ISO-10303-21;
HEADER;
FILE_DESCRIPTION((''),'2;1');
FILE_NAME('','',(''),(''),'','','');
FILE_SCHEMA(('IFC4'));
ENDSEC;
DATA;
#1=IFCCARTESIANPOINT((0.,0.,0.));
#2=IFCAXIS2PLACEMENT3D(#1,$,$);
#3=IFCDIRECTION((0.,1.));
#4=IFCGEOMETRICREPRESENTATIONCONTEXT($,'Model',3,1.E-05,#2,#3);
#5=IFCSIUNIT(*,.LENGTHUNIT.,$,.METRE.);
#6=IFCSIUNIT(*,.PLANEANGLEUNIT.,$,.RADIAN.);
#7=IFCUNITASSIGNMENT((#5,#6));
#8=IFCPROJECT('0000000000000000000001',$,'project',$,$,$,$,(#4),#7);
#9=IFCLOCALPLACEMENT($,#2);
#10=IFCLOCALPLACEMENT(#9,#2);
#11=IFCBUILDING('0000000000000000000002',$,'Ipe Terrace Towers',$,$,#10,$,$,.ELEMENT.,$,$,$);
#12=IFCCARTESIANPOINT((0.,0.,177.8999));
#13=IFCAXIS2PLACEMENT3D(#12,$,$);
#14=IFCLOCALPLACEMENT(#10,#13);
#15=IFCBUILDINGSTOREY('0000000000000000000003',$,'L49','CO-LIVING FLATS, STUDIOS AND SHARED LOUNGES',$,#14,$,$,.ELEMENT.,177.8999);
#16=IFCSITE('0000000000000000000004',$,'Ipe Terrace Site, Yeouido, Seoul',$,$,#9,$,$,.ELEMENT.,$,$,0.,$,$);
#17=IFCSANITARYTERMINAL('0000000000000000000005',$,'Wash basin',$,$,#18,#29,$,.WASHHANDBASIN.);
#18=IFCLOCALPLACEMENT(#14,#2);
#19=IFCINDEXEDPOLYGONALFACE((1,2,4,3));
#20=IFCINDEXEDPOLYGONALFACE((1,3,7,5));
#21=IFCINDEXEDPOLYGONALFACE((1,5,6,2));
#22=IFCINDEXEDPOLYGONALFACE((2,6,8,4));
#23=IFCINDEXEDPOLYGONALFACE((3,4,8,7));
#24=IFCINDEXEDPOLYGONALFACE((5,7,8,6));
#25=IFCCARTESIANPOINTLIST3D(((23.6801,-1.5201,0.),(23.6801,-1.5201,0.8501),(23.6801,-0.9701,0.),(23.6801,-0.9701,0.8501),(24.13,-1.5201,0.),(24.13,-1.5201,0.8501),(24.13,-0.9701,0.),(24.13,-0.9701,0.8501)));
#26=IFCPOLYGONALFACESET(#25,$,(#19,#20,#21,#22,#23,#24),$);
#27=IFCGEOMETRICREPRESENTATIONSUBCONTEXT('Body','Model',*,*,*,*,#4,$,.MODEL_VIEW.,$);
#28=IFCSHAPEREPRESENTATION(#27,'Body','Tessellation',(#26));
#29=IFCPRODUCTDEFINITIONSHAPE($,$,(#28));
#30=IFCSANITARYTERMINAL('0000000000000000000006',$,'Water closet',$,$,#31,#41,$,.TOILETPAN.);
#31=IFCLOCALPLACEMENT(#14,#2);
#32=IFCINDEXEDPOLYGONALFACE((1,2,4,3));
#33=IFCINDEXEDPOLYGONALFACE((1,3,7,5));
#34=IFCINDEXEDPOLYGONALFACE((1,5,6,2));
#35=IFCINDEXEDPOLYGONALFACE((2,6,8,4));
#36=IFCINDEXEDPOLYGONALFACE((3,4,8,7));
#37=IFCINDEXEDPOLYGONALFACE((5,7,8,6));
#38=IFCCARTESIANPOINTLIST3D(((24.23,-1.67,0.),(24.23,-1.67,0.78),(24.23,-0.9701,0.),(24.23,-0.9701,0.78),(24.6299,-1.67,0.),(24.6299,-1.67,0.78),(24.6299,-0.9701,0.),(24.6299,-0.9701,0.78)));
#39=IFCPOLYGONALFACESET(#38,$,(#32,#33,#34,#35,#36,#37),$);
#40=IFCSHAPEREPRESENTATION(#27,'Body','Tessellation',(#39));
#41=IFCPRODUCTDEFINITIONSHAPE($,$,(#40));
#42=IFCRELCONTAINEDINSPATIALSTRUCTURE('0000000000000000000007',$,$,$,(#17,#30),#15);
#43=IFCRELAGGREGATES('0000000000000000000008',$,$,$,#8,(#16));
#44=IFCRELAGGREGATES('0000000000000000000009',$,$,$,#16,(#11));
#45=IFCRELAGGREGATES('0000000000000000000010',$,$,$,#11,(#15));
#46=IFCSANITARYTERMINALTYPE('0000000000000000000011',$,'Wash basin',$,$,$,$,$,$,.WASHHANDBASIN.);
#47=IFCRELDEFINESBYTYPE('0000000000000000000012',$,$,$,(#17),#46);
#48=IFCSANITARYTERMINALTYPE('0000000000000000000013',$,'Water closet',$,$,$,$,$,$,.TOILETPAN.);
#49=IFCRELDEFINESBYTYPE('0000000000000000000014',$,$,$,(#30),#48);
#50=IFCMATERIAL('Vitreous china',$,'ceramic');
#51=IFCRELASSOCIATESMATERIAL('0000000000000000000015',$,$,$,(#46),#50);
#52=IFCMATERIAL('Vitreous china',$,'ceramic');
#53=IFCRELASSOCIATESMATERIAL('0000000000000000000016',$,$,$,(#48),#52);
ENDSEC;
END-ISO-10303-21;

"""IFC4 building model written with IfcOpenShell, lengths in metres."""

from ifc_helpers import new_model, si_unit, direction, frame, origin, origin_2d, place, context, subcontext, project, spatial, rectangle, extrude, material, type_object, element, save


model = new_model("IFC4")

# Units and contexts
model_context = context("Model", 3, precision=1e-05, world=origin(), true_north=direction((0.0, 1.0)))
body_context = subcontext(model_context, "Body", "Model", "MODEL_VIEW")
ifc_project = project(units=[si_unit("LENGTHUNIT", "METRE"), si_unit("PLANEANGLEUNIT", "RADIAN")], contexts=[model_context])

# Site, building, storey
site_placement = place(None, origin())
site = spatial("IfcSite", under=ifc_project, at=site_placement, Name="Ipe Terrace Site, Yeouido, Seoul", CompositionType="ELEMENT", RefElevation=0.0)
building_placement = place(site_placement, origin())
building = spatial("IfcBuilding", under=site, at=building_placement, Name="Ipe Terrace Towers", CompositionType="ELEMENT")
storey_placement = place(building_placement, frame((0.0, 0.0, 177.8999)))
storey = spatial("IfcBuildingStorey", under=building, at=storey_placement, Name="L49", Description="CO-LIVING FLATS, STUDIOS AND SHARED LOUNGES", CompositionType="ELEMENT", Elevation=177.8999)

# Sanitary terminals
ifc_material_1 = material(Name="Vitreous china", Category="ceramic")
sanitary_terminal_type_1 = type_object("IfcSanitaryTerminalType", Name="Wash basin", PredefinedType="WASHHANDBASIN", material=ifc_material_1)
sanitary_terminal_1_placement = place(storey_placement, frame((23.905, -1.2451, 0.0), z_axis=(0.0, 0.0, 1.0), x_axis=(0.0, -1.0, 0.0)))
element("IfcSanitaryTerminal", 1, at=sanitary_terminal_1_placement, inside=storey, type_object=sanitary_terminal_type_1, Name="Wash basin", PredefinedType="WASHHANDBASIN", context=body_context, shape_type="SweptSolid", body=[
    extrude(rectangle(XDim=0.55, YDim=0.45, at=origin_2d()), origin(), (0.0, 0.0, 1.0), 0.8501),
])
ifc_material_2 = material(Name="Vitreous china", Category="ceramic")
sanitary_terminal_type_2 = type_object("IfcSanitaryTerminalType", Name="Water closet", PredefinedType="TOILETPAN", material=ifc_material_2)
sanitary_terminal_2_placement = place(storey_placement, frame((24.4299, -1.3201, 0.0), z_axis=(0.0, 0.0, 1.0), x_axis=(0.0, -1.0, 0.0)))
element("IfcSanitaryTerminal", 2, at=sanitary_terminal_2_placement, inside=storey, type_object=sanitary_terminal_type_2, Name="Water closet", PredefinedType="TOILETPAN", context=body_context, shape_type="SweptSolid", body=[
    extrude(rectangle(XDim=0.7, YDim=0.3999, at=origin_2d()), origin(), (0.0, 0.0, 1.0), 0.78),
])

save(model, "model.ifc")
